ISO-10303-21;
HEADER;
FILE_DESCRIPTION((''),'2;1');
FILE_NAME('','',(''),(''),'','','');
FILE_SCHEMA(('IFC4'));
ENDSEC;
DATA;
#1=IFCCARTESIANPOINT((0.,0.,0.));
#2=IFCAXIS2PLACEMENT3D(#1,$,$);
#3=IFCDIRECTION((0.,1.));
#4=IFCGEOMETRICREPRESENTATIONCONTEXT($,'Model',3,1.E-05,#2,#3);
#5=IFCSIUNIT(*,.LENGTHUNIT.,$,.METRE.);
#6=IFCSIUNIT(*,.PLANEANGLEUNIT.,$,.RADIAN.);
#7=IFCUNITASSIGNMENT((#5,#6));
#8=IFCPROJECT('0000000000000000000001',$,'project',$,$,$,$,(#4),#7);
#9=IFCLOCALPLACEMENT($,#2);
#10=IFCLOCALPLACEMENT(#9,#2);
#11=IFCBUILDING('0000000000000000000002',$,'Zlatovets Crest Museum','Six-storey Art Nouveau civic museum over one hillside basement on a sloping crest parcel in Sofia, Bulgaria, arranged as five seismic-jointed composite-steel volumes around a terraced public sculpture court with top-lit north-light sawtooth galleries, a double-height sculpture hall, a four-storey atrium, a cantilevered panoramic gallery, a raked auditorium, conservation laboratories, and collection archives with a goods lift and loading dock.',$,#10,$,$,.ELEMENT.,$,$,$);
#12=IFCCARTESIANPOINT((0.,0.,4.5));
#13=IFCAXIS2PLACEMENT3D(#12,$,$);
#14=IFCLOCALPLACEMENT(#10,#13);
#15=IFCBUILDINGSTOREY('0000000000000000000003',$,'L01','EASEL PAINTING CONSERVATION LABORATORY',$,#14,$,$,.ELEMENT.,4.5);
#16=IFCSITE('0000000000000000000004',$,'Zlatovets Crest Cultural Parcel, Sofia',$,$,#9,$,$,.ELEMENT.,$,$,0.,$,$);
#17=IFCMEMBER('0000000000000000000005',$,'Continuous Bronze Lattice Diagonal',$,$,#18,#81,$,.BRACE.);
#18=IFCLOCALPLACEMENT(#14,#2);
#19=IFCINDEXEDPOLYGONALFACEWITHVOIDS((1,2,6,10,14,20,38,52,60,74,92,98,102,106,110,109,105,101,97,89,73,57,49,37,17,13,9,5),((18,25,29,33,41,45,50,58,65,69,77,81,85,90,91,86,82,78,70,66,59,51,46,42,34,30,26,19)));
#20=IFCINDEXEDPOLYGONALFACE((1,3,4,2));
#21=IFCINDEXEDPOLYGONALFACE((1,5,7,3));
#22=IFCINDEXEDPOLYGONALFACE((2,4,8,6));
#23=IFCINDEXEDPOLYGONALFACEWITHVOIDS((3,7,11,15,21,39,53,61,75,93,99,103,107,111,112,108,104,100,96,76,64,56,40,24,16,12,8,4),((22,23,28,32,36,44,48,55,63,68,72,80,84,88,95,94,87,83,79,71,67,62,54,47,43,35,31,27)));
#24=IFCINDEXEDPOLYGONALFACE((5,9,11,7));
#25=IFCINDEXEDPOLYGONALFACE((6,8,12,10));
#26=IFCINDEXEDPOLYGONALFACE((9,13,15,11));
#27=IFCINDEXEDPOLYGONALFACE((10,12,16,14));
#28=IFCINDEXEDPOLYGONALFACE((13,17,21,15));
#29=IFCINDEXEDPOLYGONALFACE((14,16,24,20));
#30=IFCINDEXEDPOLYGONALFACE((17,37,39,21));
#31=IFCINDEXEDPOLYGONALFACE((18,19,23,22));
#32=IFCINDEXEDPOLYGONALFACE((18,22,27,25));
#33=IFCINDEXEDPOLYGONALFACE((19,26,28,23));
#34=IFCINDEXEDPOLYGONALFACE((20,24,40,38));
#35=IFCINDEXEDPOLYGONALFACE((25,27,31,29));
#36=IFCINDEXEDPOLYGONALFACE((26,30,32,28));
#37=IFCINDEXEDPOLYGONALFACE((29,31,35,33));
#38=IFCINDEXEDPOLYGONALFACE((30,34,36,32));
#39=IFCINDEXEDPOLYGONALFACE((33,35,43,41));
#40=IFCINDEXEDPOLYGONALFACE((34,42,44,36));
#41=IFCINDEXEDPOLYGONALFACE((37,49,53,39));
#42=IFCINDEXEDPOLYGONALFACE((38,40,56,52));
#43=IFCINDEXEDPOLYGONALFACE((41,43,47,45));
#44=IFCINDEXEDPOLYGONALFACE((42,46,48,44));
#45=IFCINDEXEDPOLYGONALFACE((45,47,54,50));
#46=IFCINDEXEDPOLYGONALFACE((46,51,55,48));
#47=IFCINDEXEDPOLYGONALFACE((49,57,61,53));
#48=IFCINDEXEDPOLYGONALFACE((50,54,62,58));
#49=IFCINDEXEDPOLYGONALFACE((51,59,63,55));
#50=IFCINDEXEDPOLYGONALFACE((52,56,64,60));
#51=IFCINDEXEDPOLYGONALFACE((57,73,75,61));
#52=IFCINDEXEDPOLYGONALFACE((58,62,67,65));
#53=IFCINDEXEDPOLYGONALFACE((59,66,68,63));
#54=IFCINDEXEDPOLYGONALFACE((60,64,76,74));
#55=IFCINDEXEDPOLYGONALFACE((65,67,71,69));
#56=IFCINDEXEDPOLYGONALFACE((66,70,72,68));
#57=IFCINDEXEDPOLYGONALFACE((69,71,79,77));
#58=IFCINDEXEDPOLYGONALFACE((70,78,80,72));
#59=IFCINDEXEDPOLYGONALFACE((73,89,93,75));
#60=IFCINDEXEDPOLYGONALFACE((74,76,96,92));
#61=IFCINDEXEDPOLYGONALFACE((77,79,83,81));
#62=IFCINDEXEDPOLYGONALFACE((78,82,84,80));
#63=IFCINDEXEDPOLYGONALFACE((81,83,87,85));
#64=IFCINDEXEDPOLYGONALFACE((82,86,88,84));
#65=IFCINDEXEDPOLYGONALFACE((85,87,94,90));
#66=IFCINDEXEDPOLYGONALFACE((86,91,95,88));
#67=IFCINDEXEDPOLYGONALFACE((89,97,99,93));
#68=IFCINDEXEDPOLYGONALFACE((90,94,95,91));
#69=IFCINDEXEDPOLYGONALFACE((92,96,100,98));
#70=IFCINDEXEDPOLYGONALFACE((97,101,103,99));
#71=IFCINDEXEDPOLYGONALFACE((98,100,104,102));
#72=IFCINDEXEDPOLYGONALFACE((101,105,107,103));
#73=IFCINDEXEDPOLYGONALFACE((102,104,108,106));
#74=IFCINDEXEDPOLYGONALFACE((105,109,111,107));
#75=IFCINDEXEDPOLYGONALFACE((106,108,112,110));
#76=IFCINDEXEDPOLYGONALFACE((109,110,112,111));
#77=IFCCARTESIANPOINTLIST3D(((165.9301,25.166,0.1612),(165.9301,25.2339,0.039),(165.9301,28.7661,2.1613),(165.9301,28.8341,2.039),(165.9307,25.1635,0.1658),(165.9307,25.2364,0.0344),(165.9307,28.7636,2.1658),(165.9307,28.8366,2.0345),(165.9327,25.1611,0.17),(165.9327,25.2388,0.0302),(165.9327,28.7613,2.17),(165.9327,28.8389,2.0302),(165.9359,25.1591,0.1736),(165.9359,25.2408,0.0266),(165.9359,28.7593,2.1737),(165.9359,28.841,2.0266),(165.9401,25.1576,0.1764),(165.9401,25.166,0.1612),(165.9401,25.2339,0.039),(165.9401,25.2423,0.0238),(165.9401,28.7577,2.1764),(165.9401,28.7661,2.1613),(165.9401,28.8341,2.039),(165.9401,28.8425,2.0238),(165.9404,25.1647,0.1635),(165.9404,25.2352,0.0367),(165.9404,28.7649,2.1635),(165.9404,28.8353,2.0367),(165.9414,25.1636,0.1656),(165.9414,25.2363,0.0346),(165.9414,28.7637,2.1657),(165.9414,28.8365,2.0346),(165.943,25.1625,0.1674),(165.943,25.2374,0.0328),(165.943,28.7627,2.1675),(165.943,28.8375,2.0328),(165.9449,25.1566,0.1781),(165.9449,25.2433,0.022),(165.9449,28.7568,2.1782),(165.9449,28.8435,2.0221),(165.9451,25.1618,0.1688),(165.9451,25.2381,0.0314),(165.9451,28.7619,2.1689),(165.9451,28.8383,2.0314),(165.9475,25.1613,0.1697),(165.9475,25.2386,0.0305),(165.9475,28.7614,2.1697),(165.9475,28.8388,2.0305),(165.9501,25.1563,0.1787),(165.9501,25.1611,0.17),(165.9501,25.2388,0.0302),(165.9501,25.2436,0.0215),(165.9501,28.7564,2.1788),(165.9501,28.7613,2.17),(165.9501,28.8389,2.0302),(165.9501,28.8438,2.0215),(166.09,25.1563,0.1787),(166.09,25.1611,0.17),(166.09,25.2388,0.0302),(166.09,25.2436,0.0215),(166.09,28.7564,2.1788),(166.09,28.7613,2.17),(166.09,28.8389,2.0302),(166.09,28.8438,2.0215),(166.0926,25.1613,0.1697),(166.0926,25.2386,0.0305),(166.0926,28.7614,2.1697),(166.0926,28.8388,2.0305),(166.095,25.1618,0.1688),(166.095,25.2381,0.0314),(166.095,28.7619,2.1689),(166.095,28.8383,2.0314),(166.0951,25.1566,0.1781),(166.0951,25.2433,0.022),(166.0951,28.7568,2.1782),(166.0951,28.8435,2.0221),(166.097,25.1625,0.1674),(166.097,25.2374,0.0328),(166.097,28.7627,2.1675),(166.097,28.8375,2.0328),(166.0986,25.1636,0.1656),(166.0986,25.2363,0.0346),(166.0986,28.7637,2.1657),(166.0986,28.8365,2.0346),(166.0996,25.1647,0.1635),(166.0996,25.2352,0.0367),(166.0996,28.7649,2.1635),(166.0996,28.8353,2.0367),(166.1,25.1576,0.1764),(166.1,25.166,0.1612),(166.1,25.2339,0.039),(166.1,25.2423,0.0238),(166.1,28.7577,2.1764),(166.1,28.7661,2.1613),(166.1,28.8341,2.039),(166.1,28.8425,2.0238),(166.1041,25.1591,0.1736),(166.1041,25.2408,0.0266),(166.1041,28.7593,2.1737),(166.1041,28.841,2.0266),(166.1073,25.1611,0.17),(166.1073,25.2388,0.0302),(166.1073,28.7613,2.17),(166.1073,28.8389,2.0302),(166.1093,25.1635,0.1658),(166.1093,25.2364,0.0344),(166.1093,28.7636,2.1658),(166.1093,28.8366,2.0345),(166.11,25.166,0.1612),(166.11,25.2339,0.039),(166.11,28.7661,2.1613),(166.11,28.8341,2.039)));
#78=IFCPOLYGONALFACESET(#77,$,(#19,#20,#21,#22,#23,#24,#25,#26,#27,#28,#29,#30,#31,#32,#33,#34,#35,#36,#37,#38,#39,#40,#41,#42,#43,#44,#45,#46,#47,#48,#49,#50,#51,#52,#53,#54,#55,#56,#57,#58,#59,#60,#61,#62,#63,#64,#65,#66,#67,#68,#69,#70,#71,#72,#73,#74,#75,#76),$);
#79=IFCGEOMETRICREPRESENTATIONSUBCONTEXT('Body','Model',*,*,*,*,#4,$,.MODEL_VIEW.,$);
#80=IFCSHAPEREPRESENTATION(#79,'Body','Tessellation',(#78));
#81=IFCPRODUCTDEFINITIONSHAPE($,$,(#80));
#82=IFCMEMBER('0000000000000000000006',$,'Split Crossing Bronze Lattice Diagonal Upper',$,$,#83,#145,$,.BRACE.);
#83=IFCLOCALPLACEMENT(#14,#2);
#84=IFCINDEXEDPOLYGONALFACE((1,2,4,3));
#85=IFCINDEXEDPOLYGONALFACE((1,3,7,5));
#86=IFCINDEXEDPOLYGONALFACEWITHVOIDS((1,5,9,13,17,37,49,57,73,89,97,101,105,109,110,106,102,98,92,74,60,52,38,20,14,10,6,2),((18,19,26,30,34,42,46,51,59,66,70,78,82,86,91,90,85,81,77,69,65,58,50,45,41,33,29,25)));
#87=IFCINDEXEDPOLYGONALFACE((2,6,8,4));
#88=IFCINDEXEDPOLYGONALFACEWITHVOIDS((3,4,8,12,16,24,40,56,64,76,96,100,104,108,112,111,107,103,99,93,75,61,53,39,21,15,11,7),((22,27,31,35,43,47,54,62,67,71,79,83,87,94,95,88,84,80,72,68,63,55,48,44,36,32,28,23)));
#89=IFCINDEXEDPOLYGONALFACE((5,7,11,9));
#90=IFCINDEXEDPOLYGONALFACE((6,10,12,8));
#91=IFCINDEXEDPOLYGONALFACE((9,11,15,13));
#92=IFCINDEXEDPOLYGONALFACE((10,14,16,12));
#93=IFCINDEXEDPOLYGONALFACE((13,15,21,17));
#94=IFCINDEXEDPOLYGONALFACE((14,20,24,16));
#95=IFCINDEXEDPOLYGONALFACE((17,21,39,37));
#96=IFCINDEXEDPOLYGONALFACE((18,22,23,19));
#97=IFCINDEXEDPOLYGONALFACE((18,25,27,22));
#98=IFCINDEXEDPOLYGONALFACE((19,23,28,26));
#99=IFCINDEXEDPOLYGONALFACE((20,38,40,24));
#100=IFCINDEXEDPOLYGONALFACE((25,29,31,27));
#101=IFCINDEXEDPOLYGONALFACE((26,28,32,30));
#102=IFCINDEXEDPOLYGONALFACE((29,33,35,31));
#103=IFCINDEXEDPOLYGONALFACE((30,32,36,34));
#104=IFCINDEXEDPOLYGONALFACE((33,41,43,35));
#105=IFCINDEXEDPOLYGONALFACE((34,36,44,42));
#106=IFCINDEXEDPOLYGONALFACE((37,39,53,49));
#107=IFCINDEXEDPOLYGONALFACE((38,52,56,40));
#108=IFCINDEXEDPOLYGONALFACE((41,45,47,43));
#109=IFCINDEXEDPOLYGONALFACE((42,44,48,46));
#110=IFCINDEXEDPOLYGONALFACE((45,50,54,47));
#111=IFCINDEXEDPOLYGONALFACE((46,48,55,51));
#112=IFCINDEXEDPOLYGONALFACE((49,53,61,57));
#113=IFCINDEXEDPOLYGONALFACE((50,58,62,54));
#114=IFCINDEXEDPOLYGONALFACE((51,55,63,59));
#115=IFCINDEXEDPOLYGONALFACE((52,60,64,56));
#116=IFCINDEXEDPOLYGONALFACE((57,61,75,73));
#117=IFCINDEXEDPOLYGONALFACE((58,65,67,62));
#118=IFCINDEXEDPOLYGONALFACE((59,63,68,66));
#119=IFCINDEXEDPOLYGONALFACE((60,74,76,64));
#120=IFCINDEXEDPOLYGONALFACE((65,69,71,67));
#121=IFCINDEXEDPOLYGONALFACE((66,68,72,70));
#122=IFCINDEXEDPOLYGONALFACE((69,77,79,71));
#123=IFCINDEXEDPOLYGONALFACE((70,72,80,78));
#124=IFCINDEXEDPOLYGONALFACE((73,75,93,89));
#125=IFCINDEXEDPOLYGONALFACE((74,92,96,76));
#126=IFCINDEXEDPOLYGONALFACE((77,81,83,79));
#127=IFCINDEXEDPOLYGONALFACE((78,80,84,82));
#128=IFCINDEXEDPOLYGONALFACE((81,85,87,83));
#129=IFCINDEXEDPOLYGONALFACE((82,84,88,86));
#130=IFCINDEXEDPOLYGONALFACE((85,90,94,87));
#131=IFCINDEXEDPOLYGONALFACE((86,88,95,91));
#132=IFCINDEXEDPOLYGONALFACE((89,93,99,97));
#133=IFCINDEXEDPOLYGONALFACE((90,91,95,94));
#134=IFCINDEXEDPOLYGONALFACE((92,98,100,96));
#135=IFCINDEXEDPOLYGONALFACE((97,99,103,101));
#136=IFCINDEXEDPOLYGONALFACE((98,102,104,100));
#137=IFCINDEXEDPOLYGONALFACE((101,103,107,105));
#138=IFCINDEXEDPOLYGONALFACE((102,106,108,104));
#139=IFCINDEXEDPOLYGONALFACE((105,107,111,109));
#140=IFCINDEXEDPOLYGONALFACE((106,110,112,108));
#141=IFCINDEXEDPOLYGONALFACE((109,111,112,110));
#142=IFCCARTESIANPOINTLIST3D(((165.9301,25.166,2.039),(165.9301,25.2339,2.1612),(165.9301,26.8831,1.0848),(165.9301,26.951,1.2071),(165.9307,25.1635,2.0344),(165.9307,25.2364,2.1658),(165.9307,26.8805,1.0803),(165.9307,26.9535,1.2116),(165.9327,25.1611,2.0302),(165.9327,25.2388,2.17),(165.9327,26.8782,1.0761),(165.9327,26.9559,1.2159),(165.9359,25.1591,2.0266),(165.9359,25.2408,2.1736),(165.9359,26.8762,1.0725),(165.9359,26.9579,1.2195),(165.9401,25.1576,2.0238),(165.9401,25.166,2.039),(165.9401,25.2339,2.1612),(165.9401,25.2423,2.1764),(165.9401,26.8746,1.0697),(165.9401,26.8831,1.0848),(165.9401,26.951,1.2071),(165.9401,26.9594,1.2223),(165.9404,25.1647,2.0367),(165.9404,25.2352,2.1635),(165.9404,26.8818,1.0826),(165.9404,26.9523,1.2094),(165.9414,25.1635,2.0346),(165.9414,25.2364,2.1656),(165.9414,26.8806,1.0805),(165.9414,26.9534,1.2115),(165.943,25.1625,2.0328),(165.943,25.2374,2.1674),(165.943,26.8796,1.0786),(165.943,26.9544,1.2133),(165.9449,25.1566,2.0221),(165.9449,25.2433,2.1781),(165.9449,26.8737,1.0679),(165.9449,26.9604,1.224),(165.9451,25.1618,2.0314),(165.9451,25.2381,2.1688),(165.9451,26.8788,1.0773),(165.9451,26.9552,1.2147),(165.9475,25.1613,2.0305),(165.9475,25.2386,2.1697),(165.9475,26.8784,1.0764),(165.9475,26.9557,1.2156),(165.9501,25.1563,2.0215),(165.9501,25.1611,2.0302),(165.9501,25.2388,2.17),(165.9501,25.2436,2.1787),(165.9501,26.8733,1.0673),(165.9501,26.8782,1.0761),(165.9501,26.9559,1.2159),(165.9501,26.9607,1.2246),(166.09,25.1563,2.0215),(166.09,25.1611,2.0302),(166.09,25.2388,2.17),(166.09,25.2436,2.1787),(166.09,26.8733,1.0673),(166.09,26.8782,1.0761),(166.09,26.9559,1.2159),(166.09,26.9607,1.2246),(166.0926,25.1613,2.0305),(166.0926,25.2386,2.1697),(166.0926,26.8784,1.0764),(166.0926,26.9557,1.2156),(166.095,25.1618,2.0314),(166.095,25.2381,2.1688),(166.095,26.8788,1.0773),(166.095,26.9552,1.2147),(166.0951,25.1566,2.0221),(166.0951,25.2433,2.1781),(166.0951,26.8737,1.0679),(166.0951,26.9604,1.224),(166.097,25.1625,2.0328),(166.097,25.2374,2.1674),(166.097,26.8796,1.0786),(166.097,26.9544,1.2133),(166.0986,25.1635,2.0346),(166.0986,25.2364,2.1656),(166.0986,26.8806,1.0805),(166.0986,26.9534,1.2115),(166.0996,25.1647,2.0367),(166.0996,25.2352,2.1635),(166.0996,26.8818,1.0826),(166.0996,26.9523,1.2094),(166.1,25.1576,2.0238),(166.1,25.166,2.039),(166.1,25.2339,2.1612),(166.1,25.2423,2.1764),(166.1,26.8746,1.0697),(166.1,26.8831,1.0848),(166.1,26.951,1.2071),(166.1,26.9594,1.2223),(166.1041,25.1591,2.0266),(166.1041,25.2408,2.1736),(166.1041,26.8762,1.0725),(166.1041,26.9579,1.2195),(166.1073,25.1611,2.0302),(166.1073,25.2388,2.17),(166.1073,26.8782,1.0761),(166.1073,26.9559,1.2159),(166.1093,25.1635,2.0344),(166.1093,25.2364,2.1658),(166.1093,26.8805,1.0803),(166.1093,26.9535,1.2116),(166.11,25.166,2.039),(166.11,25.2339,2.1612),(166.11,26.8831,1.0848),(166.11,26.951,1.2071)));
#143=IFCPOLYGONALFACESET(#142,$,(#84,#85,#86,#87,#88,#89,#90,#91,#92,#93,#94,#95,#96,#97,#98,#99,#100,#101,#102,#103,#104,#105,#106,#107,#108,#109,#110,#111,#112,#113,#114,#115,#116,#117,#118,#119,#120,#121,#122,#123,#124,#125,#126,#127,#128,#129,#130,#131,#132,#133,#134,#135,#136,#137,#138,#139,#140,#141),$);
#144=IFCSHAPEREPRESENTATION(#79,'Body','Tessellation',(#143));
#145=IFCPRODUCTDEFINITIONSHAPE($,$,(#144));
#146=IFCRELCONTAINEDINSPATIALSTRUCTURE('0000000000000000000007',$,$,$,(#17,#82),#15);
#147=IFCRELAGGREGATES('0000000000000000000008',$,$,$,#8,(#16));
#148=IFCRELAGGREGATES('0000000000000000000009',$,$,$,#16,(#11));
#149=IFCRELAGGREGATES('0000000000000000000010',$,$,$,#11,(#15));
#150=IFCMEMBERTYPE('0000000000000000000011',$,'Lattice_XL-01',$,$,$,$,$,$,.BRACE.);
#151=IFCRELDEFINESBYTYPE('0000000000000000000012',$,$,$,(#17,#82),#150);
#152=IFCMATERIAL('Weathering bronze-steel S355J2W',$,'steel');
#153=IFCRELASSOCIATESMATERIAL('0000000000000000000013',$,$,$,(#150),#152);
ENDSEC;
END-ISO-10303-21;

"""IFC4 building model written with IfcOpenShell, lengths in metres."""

from ifc_helpers import new_model, si_unit, direction, frame, origin, origin_2d, place, context, subcontext, project, spatial, hollow_rectangle, extrude, material, material_profile, profile_set, type_object, element, save


model = new_model("IFC4")

# Units and contexts
model_context = context("Model", 3, precision=1e-05, world=origin(), true_north=direction((0.0, 1.0)))
body_context = subcontext(model_context, "Body", "Model", "MODEL_VIEW")
ifc_project = project(units=[si_unit("LENGTHUNIT", "METRE"), si_unit("PLANEANGLEUNIT", "RADIAN")], contexts=[model_context])

# Site, building, storey
site_placement = place(None, origin())
site = spatial("IfcSite", under=ifc_project, at=site_placement, Name="Zlatovets Crest Cultural Parcel, Sofia", CompositionType="ELEMENT", RefElevation=0.0)
building_placement = place(site_placement, origin())
building = spatial("IfcBuilding", under=site, at=building_placement, Name="Zlatovets Crest Museum", Description="Six-storey Art Nouveau civic museum over one hillside basement on a sloping crest parcel in Sofia, Bulgaria, arranged as five seismic-jointed composite-steel volumes around a terraced public sculpture court with top-lit north-light sawtooth galleries, a double-height sculpture hall, a four-storey atrium, a cantilevered panoramic gallery, a raked auditorium, conservation laboratories, and collection archives with a goods lift and loading dock.", CompositionType="ELEMENT")
storey_placement = place(building_placement, frame((0.0, 0.0, 4.5)))
storey = spatial("IfcBuildingStorey", under=building, at=storey_placement, Name="L01", Description="EASEL PAINTING CONSERVATION LABORATORY", CompositionType="ELEMENT", Elevation=4.5)

# Members
ifc_material_1 = material(Name="Weathering bronze-steel S355J2W", Category="steel")
ifc_material_profile_1 = material_profile(ifc_material_1, hollow_rectangle(XDim=0.1799, YDim=0.1799, WallThickness=0.01, InnerFilletRadius=0.01, OuterFilletRadius=0.02, at=origin_2d()), Name="SHS 180x180x10.0")
ifc_profile_set_1 = profile_set([ifc_material_profile_1], Name="Weathering bronze-steel S355J2W")
member_type_1 = type_object("IfcMemberType", Name="Lattice_XL-01", PredefinedType="BRACE", material=ifc_profile_set_1)
member_1_placement = place(storey_placement, frame((166.02, 25.2, 0.1001), z_axis=(0.0, 0.874163, 0.485633), x_axis=(-1.0, 0.0, 0.0)))
element("IfcMember", 1, at=member_1_placement, inside=storey, type_object=member_type_1, Name="Continuous Bronze Lattice Diagonal", PredefinedType="BRACE", context=body_context, shape_type="SweptSolid", body=[
    extrude(hollow_rectangle(XDim=0.1799, YDim=0.1799, WallThickness=0.01, InnerFilletRadius=0.01, OuterFilletRadius=0.02, at=origin_2d()), origin(), (0.0, 0.0, 1.0), 4.1184),
])
member_2_placement = place(storey_placement, frame((166.02, 25.2, 2.1001), z_axis=(0.0, 0.874116, -0.485717), x_axis=(-1.0, 0.0, 0.0)))
element("IfcMember", 2, at=member_2_placement, inside=storey, type_object=member_type_1, Name="Split Crossing Bronze Lattice Diagonal Upper", PredefinedType="BRACE", context=body_context, shape_type="SweptSolid", body=[
    extrude(hollow_rectangle(XDim=0.1799, YDim=0.1799, WallThickness=0.01, InnerFilletRadius=0.01, OuterFilletRadius=0.02, at=origin_2d()), origin(), (0.0, 0.0, 1.0), 1.9644),
])

save(model, "model.ifc")
